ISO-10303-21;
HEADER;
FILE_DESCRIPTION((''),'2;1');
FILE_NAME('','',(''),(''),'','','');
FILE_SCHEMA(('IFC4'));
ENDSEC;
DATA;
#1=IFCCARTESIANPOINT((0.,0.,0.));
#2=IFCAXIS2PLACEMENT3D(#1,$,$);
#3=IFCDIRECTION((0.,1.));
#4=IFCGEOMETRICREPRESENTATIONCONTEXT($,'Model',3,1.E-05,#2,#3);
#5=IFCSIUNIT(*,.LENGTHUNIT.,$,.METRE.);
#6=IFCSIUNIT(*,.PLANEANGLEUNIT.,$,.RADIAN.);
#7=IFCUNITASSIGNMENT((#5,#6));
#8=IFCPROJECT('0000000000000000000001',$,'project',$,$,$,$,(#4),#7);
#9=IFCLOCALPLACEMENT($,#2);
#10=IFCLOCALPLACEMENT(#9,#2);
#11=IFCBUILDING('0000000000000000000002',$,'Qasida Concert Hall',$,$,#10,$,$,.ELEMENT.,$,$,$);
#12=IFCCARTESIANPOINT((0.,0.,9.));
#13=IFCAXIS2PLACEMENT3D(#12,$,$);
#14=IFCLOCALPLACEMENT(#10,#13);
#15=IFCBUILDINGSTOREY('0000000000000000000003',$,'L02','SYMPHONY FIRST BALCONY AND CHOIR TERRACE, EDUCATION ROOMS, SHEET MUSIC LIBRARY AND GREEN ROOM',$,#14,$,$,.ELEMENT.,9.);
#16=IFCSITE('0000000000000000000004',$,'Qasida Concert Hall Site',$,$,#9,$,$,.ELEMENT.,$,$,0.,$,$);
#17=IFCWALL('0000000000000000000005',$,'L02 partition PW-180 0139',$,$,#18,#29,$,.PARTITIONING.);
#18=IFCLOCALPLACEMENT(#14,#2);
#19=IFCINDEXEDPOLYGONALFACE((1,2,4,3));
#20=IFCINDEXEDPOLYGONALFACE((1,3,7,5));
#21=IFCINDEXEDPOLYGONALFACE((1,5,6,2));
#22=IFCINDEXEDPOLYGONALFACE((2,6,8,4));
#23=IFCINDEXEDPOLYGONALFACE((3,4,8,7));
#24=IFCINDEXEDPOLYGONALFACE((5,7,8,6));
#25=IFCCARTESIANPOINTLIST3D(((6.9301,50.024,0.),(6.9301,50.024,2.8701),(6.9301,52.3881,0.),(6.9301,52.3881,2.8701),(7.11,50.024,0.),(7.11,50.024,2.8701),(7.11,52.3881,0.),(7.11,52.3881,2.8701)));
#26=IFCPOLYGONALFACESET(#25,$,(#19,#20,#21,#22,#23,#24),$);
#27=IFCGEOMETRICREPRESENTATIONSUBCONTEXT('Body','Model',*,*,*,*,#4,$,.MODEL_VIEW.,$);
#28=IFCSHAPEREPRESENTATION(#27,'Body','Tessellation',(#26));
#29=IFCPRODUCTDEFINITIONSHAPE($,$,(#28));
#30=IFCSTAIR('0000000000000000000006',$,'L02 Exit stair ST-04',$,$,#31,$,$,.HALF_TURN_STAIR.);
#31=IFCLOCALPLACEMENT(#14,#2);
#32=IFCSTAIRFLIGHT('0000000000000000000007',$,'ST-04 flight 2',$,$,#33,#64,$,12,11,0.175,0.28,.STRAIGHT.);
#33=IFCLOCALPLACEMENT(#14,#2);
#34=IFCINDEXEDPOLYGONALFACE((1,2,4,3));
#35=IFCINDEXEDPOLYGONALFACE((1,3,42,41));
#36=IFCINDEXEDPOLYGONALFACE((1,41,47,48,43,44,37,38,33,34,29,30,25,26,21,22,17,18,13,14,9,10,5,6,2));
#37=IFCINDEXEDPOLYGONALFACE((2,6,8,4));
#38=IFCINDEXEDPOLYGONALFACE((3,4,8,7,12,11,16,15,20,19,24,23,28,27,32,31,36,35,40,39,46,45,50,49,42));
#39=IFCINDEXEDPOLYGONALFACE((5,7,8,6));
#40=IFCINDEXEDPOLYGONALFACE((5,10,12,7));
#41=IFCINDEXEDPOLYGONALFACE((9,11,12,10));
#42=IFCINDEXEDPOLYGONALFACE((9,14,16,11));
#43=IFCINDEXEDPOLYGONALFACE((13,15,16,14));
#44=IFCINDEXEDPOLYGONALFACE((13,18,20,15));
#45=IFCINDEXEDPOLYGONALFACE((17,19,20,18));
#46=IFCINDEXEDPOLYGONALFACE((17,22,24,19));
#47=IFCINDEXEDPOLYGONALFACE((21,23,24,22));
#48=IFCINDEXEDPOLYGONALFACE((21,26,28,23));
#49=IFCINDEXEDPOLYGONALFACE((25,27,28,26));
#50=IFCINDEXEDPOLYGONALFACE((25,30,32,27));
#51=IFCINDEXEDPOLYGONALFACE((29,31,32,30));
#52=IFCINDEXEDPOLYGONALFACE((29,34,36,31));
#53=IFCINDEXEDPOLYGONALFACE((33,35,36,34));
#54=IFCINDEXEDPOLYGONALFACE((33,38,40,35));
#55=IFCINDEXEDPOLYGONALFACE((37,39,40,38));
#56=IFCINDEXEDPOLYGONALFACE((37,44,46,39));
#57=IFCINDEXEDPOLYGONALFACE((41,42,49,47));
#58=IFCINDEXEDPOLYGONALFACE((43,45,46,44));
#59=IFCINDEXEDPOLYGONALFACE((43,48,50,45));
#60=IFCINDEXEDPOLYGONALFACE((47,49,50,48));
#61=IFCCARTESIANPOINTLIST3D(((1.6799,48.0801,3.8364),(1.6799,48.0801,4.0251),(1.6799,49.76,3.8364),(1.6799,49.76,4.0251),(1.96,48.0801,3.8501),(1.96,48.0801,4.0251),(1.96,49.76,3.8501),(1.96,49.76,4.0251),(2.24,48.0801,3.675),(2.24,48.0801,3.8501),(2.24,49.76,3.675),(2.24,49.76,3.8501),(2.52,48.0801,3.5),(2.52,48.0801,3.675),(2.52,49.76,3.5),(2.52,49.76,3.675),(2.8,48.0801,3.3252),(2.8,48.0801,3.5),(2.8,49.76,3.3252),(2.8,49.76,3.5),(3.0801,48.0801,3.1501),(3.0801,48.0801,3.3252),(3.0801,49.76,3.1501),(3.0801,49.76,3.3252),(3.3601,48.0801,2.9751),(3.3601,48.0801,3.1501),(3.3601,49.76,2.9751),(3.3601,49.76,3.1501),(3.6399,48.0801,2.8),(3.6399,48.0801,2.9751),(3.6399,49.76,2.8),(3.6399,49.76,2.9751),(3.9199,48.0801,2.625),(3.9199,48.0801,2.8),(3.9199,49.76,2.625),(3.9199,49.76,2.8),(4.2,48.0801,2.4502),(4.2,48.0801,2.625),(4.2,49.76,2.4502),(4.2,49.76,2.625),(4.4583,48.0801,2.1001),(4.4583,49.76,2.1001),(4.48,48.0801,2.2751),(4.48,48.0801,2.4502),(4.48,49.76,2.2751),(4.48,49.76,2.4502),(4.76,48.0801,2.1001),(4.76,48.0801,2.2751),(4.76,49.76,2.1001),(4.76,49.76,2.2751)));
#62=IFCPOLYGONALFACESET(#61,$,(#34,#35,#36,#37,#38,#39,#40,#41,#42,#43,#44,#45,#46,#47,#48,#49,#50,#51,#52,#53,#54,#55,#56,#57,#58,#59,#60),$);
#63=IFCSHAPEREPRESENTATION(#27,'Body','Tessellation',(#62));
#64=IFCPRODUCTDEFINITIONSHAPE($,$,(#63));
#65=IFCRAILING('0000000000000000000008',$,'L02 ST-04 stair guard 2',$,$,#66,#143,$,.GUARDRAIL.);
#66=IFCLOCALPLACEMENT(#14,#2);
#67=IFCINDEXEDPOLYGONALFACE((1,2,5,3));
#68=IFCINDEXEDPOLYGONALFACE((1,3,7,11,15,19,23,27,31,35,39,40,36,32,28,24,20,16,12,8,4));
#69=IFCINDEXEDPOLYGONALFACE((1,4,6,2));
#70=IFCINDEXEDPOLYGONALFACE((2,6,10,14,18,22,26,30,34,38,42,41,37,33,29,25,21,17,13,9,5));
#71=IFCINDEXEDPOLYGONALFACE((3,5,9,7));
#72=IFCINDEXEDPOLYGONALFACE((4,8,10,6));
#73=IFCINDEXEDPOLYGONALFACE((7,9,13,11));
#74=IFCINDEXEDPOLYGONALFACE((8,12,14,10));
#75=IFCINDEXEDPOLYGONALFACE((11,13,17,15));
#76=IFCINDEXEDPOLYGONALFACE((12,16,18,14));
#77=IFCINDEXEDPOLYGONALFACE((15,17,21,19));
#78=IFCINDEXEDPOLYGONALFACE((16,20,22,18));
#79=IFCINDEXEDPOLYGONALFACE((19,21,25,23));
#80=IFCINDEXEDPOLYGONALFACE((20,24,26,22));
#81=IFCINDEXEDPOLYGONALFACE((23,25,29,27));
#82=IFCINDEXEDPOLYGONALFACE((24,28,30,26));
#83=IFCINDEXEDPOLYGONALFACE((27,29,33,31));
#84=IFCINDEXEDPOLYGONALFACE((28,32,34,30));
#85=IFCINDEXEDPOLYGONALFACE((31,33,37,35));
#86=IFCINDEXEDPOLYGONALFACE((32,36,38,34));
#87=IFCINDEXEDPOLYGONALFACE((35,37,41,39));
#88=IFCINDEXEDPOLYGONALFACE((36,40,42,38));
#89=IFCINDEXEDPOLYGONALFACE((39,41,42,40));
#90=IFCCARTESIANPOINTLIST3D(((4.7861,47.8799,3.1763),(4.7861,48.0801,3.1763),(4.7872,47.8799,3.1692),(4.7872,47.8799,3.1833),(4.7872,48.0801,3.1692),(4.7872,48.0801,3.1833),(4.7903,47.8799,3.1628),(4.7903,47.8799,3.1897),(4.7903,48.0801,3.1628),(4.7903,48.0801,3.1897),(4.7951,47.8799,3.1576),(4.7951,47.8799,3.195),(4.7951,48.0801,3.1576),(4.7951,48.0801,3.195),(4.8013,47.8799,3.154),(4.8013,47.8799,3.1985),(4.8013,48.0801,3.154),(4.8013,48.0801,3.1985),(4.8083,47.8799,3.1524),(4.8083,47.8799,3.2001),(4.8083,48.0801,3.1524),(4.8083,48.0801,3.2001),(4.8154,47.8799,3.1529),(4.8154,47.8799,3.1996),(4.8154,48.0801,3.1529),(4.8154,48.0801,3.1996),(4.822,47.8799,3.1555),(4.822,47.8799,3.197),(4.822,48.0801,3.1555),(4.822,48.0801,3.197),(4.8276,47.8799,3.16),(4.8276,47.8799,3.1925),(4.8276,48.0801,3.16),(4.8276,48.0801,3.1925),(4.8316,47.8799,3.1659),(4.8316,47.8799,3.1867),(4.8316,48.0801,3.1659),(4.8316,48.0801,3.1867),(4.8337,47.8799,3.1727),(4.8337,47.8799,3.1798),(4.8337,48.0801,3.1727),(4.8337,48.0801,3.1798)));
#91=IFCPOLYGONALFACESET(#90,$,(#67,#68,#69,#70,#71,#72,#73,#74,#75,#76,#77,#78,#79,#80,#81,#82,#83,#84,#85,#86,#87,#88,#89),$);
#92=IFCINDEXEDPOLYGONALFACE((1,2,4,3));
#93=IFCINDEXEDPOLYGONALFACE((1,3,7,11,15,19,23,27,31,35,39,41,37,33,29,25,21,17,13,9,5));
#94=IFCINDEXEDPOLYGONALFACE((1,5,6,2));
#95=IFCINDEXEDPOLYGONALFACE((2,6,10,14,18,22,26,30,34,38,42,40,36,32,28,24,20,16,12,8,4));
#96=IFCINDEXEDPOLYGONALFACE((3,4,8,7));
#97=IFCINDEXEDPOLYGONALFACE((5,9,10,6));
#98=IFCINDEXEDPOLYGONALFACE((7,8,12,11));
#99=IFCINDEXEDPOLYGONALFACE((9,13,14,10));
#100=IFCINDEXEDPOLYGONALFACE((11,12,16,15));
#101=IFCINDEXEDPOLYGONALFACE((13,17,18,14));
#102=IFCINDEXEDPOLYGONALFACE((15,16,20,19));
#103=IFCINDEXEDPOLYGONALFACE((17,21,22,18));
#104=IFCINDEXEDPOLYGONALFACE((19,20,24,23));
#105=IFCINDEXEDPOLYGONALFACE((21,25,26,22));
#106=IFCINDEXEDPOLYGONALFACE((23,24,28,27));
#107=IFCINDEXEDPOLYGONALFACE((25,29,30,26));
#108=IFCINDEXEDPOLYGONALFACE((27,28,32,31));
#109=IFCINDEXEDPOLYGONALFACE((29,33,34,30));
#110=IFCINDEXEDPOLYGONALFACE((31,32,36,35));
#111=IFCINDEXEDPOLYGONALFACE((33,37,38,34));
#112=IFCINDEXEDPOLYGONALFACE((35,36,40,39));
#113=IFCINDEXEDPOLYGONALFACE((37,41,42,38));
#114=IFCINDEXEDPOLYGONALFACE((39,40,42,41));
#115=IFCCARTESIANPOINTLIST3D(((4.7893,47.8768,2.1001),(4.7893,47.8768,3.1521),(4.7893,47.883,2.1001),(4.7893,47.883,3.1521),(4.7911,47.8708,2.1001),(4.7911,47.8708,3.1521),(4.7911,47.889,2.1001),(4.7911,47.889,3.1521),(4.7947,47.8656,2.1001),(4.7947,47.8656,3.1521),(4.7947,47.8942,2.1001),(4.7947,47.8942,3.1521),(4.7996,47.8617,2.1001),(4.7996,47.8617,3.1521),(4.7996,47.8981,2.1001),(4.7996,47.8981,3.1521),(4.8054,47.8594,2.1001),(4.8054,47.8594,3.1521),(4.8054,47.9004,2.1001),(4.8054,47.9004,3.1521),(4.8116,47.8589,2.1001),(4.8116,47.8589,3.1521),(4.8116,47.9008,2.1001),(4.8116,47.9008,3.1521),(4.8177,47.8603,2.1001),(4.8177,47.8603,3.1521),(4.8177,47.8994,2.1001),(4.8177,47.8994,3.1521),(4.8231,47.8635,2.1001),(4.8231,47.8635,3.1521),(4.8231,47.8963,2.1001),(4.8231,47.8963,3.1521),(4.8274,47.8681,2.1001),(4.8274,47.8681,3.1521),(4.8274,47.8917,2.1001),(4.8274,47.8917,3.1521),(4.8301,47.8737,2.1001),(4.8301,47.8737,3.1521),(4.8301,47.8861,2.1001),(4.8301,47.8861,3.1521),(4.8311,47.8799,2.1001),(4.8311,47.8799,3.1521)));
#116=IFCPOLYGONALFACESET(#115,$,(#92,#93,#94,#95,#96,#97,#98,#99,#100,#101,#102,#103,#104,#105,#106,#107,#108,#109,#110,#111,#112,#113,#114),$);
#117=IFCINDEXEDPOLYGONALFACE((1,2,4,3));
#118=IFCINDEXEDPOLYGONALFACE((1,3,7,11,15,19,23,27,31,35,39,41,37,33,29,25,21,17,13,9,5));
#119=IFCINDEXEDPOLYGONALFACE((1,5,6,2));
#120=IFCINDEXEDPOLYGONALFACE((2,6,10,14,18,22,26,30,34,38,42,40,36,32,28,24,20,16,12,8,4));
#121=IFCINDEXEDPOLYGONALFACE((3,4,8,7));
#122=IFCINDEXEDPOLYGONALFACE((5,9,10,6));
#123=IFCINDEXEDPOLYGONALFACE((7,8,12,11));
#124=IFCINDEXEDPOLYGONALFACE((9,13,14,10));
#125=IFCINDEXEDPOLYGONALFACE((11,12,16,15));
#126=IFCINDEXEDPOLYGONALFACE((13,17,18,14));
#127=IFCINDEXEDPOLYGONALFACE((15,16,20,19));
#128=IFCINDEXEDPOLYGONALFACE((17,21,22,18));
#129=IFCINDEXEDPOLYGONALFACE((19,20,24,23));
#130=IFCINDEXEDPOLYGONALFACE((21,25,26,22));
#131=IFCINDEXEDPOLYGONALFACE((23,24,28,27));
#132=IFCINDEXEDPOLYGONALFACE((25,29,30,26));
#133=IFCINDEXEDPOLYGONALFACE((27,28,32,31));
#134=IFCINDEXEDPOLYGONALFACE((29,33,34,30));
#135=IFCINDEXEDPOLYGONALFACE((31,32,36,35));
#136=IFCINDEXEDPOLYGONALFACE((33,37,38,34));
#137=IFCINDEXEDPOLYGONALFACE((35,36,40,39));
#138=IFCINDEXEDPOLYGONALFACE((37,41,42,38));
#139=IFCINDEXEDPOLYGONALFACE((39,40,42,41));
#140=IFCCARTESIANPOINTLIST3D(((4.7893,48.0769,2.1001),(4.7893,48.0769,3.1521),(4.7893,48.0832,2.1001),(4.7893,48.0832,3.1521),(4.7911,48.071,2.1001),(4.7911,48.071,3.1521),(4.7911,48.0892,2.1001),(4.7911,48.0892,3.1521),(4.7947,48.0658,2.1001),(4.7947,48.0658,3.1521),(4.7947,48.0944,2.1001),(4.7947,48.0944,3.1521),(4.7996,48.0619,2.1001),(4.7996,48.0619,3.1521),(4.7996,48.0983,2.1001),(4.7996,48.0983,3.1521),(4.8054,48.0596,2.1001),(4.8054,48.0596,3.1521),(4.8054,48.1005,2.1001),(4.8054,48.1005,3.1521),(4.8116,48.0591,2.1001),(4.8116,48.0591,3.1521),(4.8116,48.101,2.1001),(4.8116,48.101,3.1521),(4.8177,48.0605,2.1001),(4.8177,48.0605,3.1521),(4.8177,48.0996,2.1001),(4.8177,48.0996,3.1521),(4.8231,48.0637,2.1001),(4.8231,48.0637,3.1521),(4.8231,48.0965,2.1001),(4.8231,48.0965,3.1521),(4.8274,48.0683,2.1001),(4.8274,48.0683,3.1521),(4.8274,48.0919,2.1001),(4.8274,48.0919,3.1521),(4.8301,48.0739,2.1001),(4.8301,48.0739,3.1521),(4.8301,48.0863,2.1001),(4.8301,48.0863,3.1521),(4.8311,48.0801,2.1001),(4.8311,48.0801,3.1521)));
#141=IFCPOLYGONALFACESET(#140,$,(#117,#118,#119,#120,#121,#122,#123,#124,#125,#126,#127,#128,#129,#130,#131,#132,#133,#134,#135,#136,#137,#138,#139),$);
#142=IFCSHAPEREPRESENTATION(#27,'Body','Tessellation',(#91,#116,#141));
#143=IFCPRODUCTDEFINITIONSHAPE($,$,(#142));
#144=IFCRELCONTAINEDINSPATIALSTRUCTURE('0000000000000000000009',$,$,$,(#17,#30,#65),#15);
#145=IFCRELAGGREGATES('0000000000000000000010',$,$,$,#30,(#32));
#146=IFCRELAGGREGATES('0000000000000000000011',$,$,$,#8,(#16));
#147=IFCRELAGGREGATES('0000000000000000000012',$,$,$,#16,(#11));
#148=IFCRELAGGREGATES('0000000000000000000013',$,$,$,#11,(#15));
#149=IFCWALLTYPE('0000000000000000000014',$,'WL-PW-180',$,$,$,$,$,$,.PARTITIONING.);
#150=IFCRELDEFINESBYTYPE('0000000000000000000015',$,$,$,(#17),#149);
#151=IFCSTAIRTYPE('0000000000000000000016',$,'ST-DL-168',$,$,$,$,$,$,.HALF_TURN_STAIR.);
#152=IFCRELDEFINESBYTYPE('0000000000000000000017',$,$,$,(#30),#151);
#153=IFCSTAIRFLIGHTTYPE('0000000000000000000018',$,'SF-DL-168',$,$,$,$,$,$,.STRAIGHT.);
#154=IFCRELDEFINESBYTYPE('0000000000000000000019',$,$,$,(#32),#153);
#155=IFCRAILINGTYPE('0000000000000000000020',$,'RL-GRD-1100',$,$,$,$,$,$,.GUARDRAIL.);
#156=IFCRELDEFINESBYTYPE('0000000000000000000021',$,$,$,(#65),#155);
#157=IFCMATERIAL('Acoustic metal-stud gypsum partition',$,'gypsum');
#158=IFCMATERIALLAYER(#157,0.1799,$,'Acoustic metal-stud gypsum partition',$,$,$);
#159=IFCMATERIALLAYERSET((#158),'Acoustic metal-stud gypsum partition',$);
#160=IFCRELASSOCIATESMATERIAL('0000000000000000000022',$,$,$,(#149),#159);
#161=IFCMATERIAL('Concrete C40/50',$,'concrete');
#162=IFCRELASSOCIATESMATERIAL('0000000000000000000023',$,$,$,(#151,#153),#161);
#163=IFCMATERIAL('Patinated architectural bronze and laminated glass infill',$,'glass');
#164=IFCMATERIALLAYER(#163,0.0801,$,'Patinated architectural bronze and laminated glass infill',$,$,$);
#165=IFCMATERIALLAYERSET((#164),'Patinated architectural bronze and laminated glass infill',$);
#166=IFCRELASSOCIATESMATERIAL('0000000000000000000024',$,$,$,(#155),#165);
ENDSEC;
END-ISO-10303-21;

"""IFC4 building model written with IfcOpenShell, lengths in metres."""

from ifc_helpers import new_model, si_unit, direction, frame, frame_2d, origin, origin_2d, place, context, subcontext, project, spatial, polyline, rectangle, circle, outline, extrude, material, layer, layer_set, type_object, element, aggregate, save


model = new_model("IFC4")

# Units and contexts
model_context = context("Model", 3, precision=1e-05, world=origin(), true_north=direction((0.0, 1.0)))
body_context = subcontext(model_context, "Body", "Model", "MODEL_VIEW")
ifc_project = project(units=[si_unit("LENGTHUNIT", "METRE"), si_unit("PLANEANGLEUNIT", "RADIAN")], contexts=[model_context])

# Site, building, storey
site_placement = place(None, origin())
site = spatial("IfcSite", under=ifc_project, at=site_placement, Name="Qasida Concert Hall Site", CompositionType="ELEMENT", RefElevation=0.0)
building_placement = place(site_placement, origin())
building = spatial("IfcBuilding", under=site, at=building_placement, Name="Qasida Concert Hall", CompositionType="ELEMENT")
storey_placement = place(building_placement, frame((0.0, 0.0, 9.0)))
storey = spatial("IfcBuildingStorey", under=building, at=storey_placement, Name="L02", Description="SYMPHONY FIRST BALCONY AND CHOIR TERRACE, EDUCATION ROOMS, SHEET MUSIC LIBRARY AND GREEN ROOM", CompositionType="ELEMENT", Elevation=9.0)

# Wall
ifc_material_1 = material(Name="Concrete C40/50", Category="concrete")
ifc_material_2 = material(Name="Acoustic metal-stud gypsum partition", Category="gypsum")
ifc_layer_1 = layer(ifc_material_2, 0.1799, Name="Acoustic metal-stud gypsum partition")
ifc_layer_set_1 = layer_set([ifc_layer_1], Name="Acoustic metal-stud gypsum partition")
wall_type_1 = type_object("IfcWallType", Name="WL-PW-180", PredefinedType="PARTITIONING", material=ifc_layer_set_1)
wall_1_placement = place(storey_placement, frame((7.02, 50.0239, 0.0), z_axis=(0.0, 0.0, 1.0), x_axis=(0.0, 1.0, 0.0)))
element("IfcWall", 1, at=wall_1_placement, inside=storey, type_object=wall_type_1, Name="L02 partition PW-180 0139", PredefinedType="PARTITIONING", context=body_context, shape_type="SweptSolid", body=[
    extrude(rectangle(XDim=2.364, YDim=0.1799, at=frame_2d((1.1821, 0.0))), origin(), (0.0, 0.0, 1.0), 2.8701),
])

# Stair, stair flight
stair_type = type_object("IfcStairType", Name="ST-DL-168", PredefinedType="HALF_TURN_STAIR", material=ifc_material_1)
stair_placement = place(storey_placement, origin())
stair = element("IfcStair", 2, at=stair_placement, inside=storey, type_object=stair_type, Name="L02 Exit stair ST-04", PredefinedType="HALF_TURN_STAIR")
stair_flight_type = type_object("IfcStairFlightType", Name="SF-DL-168", PredefinedType="STRAIGHT", material=ifc_material_1)
stair_flight_placement = place(storey_placement, frame((4.76, 48.9199, 2.1001), z_axis=(0.0, 0.0, 1.0), x_axis=(-1.0, 0.0, 0.0)))
stair_flight = element("IfcStairFlight", 3, at=stair_flight_placement, type_object=stair_flight_type, Name="ST-04 flight 2", NumberOfRisers=12, NumberOfTreads=11, PredefinedType="STRAIGHT", RiserHeight=0.175, TreadLength=0.28, context=body_context, shape_type="SweptSolid", body=[
    extrude(outline(polyline([(0.0, 0.0), (0.0, 0.175), (0.28, 0.175), (0.28, 0.3501), (0.5601, 0.3501), (0.5601, 0.5249), (0.8401, 0.5249), (0.8401, 0.7), (1.1201, 0.7), (1.1201, 0.875), (1.3999, 0.875), (1.3999, 1.05), (1.6799, 1.05), (1.6799, 1.2251), (1.96, 1.2251), (1.96, 1.3999), (2.24, 1.3999), (2.24, 1.575), (2.52, 1.575), (2.52, 1.75), (2.8, 1.75), (2.8, 1.925), (3.0801, 1.925), (3.0801, 2.1001), (3.0801, 1.7363), (0.3018, 0.0), (0.0, 0.0)])), frame((0.0, 0.8398, 0.0), z_axis=(0.0, -1.0, 0.0), x_axis=(1.0, 0.0, 0.0)), (0.0, 0.0, 1.0), 1.6799),
])
aggregate(stair, [stair_flight])

# Railing
ifc_material_3 = material(Name="Patinated architectural bronze and laminated glass infill", Category="glass")
ifc_layer_2 = layer(ifc_material_3, 0.0801, Name="Patinated architectural bronze and laminated glass infill")
ifc_layer_set_2 = layer_set([ifc_layer_2], Name="Patinated architectural bronze and laminated glass infill")
railing_type_1 = type_object("IfcRailingType", Name="RL-GRD-1100", PredefinedType="GUARDRAIL", material=ifc_layer_set_2)
railing_1_placement = place(storey_placement, frame((4.8101, 47.8799, 2.1001)))
element("IfcRailing", 4, at=railing_1_placement, inside=storey, type_object=railing_type_1, Name="L02 ST-04 stair guard 2", PredefinedType="GUARDRAIL", context=body_context, shape_type="SweptSolid", body=[
    extrude(circle(Radius=0.0239, at=origin_2d()), frame((0.0, 0.0, 1.0762), z_axis=(0.0, 1.0, 0.0), x_axis=(-1.0, 0.0, 0.0)), (0.0, 0.0, 1.0), 0.2002),
    extrude(circle(Radius=0.021, at=origin_2d()), origin(), (0.0, 0.0, 1.0), 1.052),
    extrude(circle(Radius=0.021, at=origin_2d()), frame((0.0, 0.2002, 0.0)), (0.0, 0.0, 1.0), 1.052),
])

save(model, "model.ifc")
